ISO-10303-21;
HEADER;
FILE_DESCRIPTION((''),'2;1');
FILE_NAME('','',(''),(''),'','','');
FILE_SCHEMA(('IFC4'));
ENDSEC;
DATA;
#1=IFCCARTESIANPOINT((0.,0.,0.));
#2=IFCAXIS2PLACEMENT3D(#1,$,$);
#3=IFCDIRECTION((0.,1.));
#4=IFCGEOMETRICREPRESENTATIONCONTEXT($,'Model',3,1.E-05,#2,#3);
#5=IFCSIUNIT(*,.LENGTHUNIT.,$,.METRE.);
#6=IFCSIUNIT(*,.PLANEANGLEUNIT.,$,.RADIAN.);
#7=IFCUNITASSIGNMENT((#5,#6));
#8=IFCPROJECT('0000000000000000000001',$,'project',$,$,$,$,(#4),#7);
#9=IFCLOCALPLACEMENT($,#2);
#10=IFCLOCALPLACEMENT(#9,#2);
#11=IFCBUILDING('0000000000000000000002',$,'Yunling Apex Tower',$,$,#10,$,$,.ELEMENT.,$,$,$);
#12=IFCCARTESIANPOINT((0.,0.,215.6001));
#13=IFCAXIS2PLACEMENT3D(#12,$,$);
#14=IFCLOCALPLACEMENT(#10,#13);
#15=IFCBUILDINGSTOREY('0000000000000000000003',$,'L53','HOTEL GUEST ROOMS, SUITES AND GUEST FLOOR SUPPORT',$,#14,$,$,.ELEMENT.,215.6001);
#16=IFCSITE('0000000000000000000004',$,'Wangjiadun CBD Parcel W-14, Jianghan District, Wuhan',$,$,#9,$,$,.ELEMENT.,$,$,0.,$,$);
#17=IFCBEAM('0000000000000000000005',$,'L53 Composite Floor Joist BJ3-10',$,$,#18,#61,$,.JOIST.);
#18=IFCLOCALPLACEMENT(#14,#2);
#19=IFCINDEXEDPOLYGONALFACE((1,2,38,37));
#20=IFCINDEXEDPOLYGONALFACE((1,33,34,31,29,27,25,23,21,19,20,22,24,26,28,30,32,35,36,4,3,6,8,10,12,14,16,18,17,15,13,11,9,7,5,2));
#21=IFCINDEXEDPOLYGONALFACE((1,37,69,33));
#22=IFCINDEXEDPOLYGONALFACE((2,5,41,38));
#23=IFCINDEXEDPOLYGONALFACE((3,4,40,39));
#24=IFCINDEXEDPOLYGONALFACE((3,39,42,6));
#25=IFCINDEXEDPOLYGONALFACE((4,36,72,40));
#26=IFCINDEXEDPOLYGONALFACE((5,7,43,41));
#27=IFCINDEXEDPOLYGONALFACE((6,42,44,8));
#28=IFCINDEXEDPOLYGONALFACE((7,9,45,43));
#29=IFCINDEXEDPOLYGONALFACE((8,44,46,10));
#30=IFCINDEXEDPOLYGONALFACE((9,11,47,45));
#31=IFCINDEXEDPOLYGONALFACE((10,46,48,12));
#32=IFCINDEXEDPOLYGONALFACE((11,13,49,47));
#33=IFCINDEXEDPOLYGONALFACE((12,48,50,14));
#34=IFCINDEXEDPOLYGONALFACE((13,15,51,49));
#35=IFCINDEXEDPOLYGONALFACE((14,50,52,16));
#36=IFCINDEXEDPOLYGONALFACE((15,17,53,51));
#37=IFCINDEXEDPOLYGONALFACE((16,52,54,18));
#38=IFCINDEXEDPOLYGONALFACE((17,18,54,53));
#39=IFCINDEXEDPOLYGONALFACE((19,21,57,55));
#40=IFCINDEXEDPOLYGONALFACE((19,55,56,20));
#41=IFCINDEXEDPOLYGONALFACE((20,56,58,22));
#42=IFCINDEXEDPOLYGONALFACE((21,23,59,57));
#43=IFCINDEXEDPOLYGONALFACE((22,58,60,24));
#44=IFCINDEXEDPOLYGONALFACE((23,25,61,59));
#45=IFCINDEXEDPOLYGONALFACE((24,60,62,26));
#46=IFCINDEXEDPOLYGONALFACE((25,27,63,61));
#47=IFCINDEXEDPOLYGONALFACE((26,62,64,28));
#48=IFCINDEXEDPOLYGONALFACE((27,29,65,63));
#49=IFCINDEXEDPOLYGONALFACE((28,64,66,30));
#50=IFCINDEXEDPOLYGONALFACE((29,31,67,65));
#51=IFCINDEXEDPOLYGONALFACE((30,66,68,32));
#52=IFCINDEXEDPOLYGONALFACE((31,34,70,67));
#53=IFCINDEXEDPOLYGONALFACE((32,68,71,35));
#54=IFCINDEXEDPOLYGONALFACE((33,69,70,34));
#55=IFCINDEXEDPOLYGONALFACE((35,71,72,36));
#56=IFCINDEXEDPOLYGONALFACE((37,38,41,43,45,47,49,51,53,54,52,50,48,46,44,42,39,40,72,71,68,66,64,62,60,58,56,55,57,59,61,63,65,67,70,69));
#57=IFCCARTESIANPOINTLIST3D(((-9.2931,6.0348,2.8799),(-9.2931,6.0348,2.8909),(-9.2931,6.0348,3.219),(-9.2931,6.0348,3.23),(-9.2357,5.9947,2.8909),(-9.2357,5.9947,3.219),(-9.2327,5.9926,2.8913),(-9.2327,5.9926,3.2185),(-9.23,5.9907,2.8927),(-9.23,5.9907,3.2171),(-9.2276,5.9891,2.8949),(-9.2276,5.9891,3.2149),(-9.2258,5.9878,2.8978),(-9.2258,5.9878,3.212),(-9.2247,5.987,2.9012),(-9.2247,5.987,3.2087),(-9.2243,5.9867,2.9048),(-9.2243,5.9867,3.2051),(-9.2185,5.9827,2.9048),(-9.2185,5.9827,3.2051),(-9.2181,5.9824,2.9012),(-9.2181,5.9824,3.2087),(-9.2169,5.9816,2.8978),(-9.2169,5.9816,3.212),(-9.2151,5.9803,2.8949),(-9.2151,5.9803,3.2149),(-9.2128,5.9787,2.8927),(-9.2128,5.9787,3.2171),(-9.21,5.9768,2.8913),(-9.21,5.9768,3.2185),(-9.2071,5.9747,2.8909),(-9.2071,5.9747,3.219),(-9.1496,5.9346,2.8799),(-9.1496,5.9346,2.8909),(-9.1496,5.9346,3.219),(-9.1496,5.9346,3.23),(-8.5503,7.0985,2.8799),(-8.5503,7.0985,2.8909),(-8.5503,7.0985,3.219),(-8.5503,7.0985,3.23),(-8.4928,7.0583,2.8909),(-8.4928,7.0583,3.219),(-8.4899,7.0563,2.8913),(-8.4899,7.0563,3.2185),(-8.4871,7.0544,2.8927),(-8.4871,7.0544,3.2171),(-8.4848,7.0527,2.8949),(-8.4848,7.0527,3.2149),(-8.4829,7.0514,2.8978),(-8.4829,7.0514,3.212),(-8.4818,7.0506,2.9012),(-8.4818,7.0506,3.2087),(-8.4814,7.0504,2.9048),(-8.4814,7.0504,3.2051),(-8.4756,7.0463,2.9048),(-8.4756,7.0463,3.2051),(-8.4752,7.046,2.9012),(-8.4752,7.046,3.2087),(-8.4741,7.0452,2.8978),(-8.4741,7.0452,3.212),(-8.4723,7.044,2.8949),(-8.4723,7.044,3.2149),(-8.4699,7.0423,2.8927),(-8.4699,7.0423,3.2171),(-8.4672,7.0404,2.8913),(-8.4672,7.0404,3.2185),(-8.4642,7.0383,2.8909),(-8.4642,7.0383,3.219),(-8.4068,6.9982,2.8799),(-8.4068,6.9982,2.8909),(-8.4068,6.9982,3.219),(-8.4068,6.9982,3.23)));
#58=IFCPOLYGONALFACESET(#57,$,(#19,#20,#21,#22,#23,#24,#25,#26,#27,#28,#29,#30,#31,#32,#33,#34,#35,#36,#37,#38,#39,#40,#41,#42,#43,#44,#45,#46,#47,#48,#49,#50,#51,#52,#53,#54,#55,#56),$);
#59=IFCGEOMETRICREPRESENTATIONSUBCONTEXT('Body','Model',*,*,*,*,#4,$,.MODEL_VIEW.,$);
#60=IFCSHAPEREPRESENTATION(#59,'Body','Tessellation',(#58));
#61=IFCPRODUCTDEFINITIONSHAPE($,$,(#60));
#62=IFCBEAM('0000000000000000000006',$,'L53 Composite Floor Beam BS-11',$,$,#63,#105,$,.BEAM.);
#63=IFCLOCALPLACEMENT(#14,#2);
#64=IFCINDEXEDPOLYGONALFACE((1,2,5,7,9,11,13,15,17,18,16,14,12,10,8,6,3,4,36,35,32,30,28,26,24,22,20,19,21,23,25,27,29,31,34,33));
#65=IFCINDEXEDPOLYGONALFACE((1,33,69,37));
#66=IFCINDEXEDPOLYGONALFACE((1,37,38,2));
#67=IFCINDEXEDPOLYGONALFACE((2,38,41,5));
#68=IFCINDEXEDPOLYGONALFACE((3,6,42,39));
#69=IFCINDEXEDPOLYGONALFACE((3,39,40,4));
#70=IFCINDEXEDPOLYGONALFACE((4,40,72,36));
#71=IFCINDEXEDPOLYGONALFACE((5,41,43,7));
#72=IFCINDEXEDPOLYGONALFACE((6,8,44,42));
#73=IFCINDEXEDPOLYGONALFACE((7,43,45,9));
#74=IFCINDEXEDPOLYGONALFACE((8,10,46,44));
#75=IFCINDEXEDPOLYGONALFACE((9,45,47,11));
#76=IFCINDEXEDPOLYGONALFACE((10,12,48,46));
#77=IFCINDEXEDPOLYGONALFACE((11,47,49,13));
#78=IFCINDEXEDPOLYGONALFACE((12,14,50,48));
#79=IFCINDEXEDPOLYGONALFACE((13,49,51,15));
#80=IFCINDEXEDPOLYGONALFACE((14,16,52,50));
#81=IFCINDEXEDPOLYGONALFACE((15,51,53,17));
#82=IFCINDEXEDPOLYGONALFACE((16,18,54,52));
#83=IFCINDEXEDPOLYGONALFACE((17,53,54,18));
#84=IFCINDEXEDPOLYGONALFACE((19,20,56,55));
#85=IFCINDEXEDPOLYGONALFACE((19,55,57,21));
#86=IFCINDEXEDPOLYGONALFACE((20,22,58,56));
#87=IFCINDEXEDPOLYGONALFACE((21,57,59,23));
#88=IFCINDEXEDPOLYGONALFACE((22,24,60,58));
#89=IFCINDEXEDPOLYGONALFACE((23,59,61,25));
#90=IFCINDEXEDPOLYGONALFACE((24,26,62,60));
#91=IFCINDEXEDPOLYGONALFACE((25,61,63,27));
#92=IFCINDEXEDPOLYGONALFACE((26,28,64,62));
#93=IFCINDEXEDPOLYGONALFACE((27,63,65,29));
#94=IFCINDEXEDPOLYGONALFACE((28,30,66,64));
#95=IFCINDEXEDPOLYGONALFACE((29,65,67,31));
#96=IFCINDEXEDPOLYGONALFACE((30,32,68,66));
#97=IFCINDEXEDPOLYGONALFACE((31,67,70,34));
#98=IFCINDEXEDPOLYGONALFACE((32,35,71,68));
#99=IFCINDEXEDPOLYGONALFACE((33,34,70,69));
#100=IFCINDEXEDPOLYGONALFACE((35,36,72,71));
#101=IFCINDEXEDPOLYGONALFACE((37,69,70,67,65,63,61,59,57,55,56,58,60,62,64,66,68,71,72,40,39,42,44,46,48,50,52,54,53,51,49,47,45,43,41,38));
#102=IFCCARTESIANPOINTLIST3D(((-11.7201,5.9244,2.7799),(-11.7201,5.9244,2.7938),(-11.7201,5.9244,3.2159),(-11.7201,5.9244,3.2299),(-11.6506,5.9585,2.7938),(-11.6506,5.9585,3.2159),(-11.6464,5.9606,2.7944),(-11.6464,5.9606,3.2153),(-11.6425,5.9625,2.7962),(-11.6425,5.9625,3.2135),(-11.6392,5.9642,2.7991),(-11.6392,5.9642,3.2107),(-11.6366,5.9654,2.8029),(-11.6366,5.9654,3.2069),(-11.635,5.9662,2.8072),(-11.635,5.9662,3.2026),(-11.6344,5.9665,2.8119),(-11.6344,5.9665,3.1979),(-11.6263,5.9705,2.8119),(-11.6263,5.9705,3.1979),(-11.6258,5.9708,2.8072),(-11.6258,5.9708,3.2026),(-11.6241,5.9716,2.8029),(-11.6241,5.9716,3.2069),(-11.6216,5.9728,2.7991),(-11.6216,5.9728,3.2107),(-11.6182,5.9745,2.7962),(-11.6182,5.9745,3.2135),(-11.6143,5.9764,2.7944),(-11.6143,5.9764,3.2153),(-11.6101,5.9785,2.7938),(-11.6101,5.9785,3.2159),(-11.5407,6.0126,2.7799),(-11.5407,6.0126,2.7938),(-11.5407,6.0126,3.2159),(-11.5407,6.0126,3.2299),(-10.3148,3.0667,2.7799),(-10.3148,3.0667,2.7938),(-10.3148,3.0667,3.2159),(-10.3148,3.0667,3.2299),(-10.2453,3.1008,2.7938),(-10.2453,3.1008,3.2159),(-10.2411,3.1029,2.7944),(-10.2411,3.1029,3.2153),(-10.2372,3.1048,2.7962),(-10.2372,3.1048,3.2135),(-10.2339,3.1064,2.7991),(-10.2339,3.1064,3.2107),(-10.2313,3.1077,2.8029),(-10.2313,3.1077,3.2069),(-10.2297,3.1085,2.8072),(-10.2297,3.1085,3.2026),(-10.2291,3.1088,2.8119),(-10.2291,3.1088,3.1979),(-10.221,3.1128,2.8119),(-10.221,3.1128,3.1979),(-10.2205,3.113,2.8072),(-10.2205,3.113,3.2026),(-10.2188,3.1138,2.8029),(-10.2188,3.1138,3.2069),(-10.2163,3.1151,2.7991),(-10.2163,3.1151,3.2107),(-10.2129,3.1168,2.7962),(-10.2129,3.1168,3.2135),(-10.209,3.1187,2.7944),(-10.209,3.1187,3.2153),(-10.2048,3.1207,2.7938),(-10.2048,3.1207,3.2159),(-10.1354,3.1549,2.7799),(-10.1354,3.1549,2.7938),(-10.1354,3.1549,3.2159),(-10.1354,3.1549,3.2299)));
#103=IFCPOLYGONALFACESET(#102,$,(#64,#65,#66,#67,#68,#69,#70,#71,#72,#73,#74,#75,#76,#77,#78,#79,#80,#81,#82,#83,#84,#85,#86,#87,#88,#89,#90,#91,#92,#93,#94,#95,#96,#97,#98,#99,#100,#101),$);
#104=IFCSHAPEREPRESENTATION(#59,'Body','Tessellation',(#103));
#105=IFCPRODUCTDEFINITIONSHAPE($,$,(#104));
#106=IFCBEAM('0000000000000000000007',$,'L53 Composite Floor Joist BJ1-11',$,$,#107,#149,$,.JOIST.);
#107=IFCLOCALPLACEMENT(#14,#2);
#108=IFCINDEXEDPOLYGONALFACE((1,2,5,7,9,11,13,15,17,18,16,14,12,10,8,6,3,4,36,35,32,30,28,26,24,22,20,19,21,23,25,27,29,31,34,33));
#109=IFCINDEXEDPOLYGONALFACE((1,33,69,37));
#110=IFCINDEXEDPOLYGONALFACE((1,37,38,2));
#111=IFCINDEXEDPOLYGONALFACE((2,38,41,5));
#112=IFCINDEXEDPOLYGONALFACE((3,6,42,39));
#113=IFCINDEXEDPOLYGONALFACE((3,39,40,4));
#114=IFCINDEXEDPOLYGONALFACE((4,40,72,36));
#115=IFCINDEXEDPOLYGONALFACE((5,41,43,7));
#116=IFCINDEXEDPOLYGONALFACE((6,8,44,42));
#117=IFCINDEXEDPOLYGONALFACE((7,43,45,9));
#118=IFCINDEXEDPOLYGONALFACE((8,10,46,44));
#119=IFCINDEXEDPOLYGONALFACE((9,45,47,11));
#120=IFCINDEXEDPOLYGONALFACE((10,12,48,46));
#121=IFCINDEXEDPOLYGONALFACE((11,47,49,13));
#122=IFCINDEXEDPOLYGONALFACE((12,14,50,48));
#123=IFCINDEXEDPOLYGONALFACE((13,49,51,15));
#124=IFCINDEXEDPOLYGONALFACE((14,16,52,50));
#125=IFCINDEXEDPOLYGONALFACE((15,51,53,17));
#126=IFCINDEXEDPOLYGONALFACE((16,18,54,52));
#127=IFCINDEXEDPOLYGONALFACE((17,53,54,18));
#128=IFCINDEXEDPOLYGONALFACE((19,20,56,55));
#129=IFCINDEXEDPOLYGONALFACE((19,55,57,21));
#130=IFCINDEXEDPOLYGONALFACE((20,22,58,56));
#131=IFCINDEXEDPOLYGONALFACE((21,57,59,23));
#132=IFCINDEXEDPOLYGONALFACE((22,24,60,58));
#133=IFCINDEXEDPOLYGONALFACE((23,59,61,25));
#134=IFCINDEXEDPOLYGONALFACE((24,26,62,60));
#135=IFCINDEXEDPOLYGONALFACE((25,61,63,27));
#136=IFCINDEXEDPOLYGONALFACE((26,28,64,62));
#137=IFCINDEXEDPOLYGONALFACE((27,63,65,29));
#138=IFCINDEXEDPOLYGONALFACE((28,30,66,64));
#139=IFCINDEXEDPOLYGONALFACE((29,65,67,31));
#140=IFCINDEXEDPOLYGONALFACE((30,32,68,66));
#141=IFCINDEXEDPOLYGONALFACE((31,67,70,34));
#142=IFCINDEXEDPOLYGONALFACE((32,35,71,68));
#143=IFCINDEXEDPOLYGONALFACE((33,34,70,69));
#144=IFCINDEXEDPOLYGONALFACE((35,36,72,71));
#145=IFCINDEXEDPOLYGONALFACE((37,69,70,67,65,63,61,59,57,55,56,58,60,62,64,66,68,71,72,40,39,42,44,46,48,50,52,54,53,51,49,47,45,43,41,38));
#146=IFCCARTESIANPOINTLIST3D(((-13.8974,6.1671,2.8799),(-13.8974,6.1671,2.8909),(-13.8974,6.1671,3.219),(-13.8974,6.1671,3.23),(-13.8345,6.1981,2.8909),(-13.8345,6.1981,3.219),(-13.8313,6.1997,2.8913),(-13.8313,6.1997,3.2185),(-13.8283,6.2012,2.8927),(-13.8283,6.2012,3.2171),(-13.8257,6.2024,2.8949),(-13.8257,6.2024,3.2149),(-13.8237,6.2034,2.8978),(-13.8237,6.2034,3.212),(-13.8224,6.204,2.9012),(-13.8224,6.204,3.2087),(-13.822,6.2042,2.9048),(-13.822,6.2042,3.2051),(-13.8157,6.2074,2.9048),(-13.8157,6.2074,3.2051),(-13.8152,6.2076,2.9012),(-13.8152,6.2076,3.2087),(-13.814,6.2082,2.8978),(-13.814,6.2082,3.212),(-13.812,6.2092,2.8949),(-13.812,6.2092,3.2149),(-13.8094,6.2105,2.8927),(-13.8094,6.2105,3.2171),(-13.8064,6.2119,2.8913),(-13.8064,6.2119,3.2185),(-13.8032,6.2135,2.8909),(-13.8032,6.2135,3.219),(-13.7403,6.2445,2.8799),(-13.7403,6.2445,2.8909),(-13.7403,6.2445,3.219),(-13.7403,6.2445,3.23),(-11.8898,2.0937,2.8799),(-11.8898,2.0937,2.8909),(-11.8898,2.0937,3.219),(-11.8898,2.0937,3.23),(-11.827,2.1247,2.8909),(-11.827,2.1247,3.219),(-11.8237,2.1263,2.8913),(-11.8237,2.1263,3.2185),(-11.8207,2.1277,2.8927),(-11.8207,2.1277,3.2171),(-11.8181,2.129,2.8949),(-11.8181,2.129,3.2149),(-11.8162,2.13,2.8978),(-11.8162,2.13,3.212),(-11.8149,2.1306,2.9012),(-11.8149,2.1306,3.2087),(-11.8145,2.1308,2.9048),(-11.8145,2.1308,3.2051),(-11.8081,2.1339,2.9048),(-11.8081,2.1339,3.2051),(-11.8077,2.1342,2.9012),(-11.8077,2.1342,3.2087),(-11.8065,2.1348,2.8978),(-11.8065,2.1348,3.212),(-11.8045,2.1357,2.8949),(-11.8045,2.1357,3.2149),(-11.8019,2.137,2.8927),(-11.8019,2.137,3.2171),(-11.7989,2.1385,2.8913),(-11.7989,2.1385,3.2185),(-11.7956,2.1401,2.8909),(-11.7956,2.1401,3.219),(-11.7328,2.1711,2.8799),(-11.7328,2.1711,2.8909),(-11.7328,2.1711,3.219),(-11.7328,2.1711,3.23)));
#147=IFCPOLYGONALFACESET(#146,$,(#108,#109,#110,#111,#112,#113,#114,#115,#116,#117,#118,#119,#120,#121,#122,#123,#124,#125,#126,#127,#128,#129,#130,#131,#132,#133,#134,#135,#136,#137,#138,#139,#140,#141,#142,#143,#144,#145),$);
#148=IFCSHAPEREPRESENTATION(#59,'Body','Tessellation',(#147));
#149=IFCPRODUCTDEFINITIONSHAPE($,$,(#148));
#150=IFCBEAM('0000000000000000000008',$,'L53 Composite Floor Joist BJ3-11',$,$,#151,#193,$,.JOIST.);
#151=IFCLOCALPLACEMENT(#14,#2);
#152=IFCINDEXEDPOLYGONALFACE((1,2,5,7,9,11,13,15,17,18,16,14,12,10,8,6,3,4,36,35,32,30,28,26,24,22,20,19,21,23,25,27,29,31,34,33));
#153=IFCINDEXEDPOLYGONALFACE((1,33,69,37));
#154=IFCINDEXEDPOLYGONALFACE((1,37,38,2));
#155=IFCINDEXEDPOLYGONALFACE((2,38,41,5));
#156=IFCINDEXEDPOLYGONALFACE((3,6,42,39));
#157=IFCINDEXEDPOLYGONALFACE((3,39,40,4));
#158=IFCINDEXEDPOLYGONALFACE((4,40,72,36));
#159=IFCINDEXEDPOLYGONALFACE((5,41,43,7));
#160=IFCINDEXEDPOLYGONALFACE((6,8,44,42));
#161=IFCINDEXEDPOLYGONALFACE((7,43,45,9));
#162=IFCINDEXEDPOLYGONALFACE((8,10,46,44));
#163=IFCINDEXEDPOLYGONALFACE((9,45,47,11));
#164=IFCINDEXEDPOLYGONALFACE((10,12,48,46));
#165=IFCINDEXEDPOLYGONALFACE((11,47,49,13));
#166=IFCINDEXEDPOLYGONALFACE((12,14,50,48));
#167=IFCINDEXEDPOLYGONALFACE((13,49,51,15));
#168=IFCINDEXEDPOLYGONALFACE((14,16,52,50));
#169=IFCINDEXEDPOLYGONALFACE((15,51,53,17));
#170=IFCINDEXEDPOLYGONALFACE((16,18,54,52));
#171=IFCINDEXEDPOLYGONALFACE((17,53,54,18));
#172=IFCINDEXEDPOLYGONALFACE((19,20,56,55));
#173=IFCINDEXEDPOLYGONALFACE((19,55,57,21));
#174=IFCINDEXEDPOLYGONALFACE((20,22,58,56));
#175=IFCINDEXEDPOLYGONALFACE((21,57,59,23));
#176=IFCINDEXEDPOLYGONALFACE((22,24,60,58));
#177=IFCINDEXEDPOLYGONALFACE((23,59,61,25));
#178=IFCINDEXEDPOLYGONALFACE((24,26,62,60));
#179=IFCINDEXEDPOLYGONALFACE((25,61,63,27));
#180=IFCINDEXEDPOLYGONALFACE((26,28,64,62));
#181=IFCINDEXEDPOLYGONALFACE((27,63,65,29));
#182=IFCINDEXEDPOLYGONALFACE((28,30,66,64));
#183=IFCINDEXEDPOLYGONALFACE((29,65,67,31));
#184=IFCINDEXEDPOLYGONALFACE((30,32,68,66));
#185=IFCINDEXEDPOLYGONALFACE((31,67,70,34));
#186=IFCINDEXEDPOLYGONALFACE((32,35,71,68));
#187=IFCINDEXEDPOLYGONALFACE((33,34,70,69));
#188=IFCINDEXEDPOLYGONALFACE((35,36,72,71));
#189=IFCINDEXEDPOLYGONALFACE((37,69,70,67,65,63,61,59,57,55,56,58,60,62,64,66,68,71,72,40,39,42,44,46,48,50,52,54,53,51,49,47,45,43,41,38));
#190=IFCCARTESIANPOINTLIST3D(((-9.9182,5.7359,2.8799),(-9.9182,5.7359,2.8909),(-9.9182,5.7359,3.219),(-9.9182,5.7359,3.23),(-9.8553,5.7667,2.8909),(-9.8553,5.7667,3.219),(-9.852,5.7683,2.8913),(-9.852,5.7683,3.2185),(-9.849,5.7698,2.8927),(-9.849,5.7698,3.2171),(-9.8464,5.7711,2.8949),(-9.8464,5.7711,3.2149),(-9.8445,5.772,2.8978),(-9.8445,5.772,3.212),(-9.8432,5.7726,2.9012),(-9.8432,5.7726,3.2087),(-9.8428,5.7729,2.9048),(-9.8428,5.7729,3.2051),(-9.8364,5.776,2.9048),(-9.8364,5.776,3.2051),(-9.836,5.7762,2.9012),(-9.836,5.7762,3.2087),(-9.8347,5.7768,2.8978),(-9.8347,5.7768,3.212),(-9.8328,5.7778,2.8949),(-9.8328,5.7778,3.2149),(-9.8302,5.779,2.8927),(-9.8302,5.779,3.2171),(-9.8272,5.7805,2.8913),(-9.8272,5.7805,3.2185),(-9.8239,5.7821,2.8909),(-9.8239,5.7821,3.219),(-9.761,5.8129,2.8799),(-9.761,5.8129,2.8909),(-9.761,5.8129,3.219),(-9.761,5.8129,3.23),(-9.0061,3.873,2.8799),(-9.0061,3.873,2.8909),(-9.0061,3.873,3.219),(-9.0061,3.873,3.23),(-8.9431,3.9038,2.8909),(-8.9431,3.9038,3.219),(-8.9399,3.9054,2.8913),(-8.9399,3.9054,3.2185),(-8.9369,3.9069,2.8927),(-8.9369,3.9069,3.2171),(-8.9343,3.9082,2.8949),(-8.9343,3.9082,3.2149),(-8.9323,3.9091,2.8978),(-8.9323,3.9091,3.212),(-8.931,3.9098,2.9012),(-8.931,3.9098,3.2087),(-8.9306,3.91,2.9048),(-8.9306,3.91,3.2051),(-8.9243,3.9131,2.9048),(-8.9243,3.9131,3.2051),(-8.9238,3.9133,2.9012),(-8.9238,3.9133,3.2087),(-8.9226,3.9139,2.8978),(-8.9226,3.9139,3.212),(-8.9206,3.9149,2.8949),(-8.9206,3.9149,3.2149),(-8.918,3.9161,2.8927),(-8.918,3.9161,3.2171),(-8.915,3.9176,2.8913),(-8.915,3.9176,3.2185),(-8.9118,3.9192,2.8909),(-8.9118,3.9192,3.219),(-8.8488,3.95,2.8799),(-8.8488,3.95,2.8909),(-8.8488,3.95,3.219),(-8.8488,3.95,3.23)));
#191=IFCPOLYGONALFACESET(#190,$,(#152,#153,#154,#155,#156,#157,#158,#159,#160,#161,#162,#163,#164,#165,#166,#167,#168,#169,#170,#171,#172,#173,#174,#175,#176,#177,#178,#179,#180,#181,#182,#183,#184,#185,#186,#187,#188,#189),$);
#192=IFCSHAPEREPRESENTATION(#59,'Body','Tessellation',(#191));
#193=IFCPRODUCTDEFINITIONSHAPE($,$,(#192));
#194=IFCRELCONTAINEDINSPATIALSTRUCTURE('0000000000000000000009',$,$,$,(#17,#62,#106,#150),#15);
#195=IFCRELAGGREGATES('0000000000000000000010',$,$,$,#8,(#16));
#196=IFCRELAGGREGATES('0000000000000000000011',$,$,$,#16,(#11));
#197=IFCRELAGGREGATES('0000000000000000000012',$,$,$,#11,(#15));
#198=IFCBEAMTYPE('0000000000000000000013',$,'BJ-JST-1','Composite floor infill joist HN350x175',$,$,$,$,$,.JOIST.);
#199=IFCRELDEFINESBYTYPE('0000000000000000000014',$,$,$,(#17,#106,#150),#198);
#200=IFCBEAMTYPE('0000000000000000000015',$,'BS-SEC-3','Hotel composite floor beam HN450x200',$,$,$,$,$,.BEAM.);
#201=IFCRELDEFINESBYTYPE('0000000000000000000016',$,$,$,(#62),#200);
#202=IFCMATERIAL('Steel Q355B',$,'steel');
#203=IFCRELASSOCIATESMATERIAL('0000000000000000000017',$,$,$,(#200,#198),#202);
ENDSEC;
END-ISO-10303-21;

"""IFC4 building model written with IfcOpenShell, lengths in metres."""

from ifc_helpers import new_model, si_unit, direction, frame, origin, origin_2d, place, context, subcontext, project, spatial, i_section, extrude, source, transform, mapped, material, material_profile, profile_set, type_object, element, save


model = new_model("IFC4")

# Units and contexts
model_context = context("Model", 3, precision=1e-05, world=origin(), true_north=direction((0.0, 1.0)))
body_context = subcontext(model_context, "Body", "Model", "MODEL_VIEW")
ifc_project = project(units=[si_unit("LENGTHUNIT", "METRE"), si_unit("PLANEANGLEUNIT", "RADIAN")], contexts=[model_context])

# Site, building, storey
site_placement = place(None, origin())
site = spatial("IfcSite", under=ifc_project, at=site_placement, Name="Wangjiadun CBD Parcel W-14, Jianghan District, Wuhan", CompositionType="ELEMENT", RefElevation=0.0)
building_placement = place(site_placement, origin())
building = spatial("IfcBuilding", under=site, at=building_placement, Name="Yunling Apex Tower", CompositionType="ELEMENT")
storey_placement = place(building_placement, frame((0.0, 0.0, 215.6001)))
storey = spatial("IfcBuildingStorey", under=building, at=storey_placement, Name="L53", Description="HOTEL GUEST ROOMS, SUITES AND GUEST FLOOR SUPPORT", CompositionType="ELEMENT", Elevation=215.6001)

# Beams
ifc_material_1 = material(Name="Steel Q355B", Category="steel")
ifc_material_profile_1 = material_profile(ifc_material_1, i_section(OverallWidth=0.2, OverallDepth=0.45, WebThickness=0.009, FlangeThickness=0.0139, FilletRadius=0.0181, at=origin_2d()))
ifc_profile_set_1 = profile_set([ifc_material_profile_1], Name="Steel Q355B")
beam_type_1 = type_object("IfcBeamType", Name="BS-SEC-3", Description="Hotel composite floor beam HN450x200", PredefinedType="BEAM", material=ifc_profile_set_1)
ifc_material_profile_2 = material_profile(ifc_material_1, i_section(OverallWidth=0.175, OverallDepth=0.3501, WebThickness=0.0071, FlangeThickness=0.011, FilletRadius=0.0139, at=origin_2d()))
ifc_profile_set_2 = profile_set([ifc_material_profile_2], Name="Steel Q355B")
beam_type_2 = type_object("IfcBeamType", Name="BJ-JST-1", Description="Composite floor infill joist HN350x175", PredefinedType="JOIST", material=ifc_profile_set_2)
shared_shape_1 = source(origin(), body_context, "Body", "SweptSolid", [
    extrude(i_section(OverallWidth=0.175, OverallDepth=0.3501, WebThickness=0.0071, FlangeThickness=0.011, FilletRadius=0.0139, at=origin_2d()), origin(), (0.0, 0.0, 1.0), 1.2974),
])
beam_1_placement = place(storey_placement, frame((-8.4785, 7.0483, 3.0549), z_axis=(-0.572591, -0.819841, 0.0), x_axis=(0.819841, -0.572591, 0.0)))
element("IfcBeam", 1, at=beam_1_placement, inside=storey, type_object=beam_type_2, Name="L53 Composite Floor Joist BJ3-10", PredefinedType="JOIST", context=body_context, shape_type="MappedRepresentation", body=[
    mapped(shared_shape_1, transform((0.0, 0.0, 0.0), scale=1.0)),
])
shared_shape_2 = source(origin(), body_context, "Body", "SweptSolid", [
    extrude(i_section(OverallWidth=0.2, OverallDepth=0.45, WebThickness=0.009, FlangeThickness=0.0139, FilletRadius=0.0181, at=origin_2d()), origin(), (0.0, 0.0, 1.0), 3.1846),
])
beam_2_placement = place(storey_placement, frame((-11.6304, 5.9685, 3.0049), z_axis=(0.441285, -0.897367, 0.0), x_axis=(0.897367, 0.441285, 0.0)))
element("IfcBeam", 2, at=beam_2_placement, inside=storey, type_object=beam_type_1, Name="L53 Composite Floor Beam BS-11", PredefinedType="BEAM", context=body_context, shape_type="MappedRepresentation", body=[
    mapped(shared_shape_2, transform((0.0, 0.0, 0.0), scale=1.0)),
])
shared_shape_3 = source(origin(), body_context, "Body", "SweptSolid", [
    extrude(i_section(OverallWidth=0.175, OverallDepth=0.3501, WebThickness=0.0071, FlangeThickness=0.011, FilletRadius=0.0139, at=origin_2d()), origin(), (0.0, 0.0, 1.0), 4.5413),
])
beam_3_placement = place(storey_placement, frame((-13.8188, 6.2058, 3.0549), z_axis=(0.442067, -0.896982, 0.0), x_axis=(0.896982, 0.442067, 0.0)))
element("IfcBeam", 3, at=beam_3_placement, inside=storey, type_object=beam_type_2, Name="L53 Composite Floor Joist BJ1-11", PredefinedType="JOIST", context=body_context, shape_type="MappedRepresentation", body=[
    mapped(shared_shape_3, transform((0.0, 0.0, 0.0), scale=1.0)),
])
shared_shape_4 = source(origin(), body_context, "Body", "SweptSolid", [
    extrude(i_section(OverallWidth=0.175, OverallDepth=0.3501, WebThickness=0.0071, FlangeThickness=0.011, FilletRadius=0.0139, at=origin_2d()), origin(), (0.0, 0.0, 1.0), 2.0742),
])
beam_4_placement = place(storey_placement, frame((-9.8396, 5.7744, 3.0549), z_axis=(0.439759, -0.898116, 0.0), x_axis=(0.898116, 0.439759, 0.0)))
element("IfcBeam", 4, at=beam_4_placement, inside=storey, type_object=beam_type_2, Name="L53 Composite Floor Joist BJ3-11", PredefinedType="JOIST", context=body_context, shape_type="MappedRepresentation", body=[
    mapped(shared_shape_4, transform((0.0, 0.0, 0.0), scale=1.0)),
])

save(model, "model.ifc")
